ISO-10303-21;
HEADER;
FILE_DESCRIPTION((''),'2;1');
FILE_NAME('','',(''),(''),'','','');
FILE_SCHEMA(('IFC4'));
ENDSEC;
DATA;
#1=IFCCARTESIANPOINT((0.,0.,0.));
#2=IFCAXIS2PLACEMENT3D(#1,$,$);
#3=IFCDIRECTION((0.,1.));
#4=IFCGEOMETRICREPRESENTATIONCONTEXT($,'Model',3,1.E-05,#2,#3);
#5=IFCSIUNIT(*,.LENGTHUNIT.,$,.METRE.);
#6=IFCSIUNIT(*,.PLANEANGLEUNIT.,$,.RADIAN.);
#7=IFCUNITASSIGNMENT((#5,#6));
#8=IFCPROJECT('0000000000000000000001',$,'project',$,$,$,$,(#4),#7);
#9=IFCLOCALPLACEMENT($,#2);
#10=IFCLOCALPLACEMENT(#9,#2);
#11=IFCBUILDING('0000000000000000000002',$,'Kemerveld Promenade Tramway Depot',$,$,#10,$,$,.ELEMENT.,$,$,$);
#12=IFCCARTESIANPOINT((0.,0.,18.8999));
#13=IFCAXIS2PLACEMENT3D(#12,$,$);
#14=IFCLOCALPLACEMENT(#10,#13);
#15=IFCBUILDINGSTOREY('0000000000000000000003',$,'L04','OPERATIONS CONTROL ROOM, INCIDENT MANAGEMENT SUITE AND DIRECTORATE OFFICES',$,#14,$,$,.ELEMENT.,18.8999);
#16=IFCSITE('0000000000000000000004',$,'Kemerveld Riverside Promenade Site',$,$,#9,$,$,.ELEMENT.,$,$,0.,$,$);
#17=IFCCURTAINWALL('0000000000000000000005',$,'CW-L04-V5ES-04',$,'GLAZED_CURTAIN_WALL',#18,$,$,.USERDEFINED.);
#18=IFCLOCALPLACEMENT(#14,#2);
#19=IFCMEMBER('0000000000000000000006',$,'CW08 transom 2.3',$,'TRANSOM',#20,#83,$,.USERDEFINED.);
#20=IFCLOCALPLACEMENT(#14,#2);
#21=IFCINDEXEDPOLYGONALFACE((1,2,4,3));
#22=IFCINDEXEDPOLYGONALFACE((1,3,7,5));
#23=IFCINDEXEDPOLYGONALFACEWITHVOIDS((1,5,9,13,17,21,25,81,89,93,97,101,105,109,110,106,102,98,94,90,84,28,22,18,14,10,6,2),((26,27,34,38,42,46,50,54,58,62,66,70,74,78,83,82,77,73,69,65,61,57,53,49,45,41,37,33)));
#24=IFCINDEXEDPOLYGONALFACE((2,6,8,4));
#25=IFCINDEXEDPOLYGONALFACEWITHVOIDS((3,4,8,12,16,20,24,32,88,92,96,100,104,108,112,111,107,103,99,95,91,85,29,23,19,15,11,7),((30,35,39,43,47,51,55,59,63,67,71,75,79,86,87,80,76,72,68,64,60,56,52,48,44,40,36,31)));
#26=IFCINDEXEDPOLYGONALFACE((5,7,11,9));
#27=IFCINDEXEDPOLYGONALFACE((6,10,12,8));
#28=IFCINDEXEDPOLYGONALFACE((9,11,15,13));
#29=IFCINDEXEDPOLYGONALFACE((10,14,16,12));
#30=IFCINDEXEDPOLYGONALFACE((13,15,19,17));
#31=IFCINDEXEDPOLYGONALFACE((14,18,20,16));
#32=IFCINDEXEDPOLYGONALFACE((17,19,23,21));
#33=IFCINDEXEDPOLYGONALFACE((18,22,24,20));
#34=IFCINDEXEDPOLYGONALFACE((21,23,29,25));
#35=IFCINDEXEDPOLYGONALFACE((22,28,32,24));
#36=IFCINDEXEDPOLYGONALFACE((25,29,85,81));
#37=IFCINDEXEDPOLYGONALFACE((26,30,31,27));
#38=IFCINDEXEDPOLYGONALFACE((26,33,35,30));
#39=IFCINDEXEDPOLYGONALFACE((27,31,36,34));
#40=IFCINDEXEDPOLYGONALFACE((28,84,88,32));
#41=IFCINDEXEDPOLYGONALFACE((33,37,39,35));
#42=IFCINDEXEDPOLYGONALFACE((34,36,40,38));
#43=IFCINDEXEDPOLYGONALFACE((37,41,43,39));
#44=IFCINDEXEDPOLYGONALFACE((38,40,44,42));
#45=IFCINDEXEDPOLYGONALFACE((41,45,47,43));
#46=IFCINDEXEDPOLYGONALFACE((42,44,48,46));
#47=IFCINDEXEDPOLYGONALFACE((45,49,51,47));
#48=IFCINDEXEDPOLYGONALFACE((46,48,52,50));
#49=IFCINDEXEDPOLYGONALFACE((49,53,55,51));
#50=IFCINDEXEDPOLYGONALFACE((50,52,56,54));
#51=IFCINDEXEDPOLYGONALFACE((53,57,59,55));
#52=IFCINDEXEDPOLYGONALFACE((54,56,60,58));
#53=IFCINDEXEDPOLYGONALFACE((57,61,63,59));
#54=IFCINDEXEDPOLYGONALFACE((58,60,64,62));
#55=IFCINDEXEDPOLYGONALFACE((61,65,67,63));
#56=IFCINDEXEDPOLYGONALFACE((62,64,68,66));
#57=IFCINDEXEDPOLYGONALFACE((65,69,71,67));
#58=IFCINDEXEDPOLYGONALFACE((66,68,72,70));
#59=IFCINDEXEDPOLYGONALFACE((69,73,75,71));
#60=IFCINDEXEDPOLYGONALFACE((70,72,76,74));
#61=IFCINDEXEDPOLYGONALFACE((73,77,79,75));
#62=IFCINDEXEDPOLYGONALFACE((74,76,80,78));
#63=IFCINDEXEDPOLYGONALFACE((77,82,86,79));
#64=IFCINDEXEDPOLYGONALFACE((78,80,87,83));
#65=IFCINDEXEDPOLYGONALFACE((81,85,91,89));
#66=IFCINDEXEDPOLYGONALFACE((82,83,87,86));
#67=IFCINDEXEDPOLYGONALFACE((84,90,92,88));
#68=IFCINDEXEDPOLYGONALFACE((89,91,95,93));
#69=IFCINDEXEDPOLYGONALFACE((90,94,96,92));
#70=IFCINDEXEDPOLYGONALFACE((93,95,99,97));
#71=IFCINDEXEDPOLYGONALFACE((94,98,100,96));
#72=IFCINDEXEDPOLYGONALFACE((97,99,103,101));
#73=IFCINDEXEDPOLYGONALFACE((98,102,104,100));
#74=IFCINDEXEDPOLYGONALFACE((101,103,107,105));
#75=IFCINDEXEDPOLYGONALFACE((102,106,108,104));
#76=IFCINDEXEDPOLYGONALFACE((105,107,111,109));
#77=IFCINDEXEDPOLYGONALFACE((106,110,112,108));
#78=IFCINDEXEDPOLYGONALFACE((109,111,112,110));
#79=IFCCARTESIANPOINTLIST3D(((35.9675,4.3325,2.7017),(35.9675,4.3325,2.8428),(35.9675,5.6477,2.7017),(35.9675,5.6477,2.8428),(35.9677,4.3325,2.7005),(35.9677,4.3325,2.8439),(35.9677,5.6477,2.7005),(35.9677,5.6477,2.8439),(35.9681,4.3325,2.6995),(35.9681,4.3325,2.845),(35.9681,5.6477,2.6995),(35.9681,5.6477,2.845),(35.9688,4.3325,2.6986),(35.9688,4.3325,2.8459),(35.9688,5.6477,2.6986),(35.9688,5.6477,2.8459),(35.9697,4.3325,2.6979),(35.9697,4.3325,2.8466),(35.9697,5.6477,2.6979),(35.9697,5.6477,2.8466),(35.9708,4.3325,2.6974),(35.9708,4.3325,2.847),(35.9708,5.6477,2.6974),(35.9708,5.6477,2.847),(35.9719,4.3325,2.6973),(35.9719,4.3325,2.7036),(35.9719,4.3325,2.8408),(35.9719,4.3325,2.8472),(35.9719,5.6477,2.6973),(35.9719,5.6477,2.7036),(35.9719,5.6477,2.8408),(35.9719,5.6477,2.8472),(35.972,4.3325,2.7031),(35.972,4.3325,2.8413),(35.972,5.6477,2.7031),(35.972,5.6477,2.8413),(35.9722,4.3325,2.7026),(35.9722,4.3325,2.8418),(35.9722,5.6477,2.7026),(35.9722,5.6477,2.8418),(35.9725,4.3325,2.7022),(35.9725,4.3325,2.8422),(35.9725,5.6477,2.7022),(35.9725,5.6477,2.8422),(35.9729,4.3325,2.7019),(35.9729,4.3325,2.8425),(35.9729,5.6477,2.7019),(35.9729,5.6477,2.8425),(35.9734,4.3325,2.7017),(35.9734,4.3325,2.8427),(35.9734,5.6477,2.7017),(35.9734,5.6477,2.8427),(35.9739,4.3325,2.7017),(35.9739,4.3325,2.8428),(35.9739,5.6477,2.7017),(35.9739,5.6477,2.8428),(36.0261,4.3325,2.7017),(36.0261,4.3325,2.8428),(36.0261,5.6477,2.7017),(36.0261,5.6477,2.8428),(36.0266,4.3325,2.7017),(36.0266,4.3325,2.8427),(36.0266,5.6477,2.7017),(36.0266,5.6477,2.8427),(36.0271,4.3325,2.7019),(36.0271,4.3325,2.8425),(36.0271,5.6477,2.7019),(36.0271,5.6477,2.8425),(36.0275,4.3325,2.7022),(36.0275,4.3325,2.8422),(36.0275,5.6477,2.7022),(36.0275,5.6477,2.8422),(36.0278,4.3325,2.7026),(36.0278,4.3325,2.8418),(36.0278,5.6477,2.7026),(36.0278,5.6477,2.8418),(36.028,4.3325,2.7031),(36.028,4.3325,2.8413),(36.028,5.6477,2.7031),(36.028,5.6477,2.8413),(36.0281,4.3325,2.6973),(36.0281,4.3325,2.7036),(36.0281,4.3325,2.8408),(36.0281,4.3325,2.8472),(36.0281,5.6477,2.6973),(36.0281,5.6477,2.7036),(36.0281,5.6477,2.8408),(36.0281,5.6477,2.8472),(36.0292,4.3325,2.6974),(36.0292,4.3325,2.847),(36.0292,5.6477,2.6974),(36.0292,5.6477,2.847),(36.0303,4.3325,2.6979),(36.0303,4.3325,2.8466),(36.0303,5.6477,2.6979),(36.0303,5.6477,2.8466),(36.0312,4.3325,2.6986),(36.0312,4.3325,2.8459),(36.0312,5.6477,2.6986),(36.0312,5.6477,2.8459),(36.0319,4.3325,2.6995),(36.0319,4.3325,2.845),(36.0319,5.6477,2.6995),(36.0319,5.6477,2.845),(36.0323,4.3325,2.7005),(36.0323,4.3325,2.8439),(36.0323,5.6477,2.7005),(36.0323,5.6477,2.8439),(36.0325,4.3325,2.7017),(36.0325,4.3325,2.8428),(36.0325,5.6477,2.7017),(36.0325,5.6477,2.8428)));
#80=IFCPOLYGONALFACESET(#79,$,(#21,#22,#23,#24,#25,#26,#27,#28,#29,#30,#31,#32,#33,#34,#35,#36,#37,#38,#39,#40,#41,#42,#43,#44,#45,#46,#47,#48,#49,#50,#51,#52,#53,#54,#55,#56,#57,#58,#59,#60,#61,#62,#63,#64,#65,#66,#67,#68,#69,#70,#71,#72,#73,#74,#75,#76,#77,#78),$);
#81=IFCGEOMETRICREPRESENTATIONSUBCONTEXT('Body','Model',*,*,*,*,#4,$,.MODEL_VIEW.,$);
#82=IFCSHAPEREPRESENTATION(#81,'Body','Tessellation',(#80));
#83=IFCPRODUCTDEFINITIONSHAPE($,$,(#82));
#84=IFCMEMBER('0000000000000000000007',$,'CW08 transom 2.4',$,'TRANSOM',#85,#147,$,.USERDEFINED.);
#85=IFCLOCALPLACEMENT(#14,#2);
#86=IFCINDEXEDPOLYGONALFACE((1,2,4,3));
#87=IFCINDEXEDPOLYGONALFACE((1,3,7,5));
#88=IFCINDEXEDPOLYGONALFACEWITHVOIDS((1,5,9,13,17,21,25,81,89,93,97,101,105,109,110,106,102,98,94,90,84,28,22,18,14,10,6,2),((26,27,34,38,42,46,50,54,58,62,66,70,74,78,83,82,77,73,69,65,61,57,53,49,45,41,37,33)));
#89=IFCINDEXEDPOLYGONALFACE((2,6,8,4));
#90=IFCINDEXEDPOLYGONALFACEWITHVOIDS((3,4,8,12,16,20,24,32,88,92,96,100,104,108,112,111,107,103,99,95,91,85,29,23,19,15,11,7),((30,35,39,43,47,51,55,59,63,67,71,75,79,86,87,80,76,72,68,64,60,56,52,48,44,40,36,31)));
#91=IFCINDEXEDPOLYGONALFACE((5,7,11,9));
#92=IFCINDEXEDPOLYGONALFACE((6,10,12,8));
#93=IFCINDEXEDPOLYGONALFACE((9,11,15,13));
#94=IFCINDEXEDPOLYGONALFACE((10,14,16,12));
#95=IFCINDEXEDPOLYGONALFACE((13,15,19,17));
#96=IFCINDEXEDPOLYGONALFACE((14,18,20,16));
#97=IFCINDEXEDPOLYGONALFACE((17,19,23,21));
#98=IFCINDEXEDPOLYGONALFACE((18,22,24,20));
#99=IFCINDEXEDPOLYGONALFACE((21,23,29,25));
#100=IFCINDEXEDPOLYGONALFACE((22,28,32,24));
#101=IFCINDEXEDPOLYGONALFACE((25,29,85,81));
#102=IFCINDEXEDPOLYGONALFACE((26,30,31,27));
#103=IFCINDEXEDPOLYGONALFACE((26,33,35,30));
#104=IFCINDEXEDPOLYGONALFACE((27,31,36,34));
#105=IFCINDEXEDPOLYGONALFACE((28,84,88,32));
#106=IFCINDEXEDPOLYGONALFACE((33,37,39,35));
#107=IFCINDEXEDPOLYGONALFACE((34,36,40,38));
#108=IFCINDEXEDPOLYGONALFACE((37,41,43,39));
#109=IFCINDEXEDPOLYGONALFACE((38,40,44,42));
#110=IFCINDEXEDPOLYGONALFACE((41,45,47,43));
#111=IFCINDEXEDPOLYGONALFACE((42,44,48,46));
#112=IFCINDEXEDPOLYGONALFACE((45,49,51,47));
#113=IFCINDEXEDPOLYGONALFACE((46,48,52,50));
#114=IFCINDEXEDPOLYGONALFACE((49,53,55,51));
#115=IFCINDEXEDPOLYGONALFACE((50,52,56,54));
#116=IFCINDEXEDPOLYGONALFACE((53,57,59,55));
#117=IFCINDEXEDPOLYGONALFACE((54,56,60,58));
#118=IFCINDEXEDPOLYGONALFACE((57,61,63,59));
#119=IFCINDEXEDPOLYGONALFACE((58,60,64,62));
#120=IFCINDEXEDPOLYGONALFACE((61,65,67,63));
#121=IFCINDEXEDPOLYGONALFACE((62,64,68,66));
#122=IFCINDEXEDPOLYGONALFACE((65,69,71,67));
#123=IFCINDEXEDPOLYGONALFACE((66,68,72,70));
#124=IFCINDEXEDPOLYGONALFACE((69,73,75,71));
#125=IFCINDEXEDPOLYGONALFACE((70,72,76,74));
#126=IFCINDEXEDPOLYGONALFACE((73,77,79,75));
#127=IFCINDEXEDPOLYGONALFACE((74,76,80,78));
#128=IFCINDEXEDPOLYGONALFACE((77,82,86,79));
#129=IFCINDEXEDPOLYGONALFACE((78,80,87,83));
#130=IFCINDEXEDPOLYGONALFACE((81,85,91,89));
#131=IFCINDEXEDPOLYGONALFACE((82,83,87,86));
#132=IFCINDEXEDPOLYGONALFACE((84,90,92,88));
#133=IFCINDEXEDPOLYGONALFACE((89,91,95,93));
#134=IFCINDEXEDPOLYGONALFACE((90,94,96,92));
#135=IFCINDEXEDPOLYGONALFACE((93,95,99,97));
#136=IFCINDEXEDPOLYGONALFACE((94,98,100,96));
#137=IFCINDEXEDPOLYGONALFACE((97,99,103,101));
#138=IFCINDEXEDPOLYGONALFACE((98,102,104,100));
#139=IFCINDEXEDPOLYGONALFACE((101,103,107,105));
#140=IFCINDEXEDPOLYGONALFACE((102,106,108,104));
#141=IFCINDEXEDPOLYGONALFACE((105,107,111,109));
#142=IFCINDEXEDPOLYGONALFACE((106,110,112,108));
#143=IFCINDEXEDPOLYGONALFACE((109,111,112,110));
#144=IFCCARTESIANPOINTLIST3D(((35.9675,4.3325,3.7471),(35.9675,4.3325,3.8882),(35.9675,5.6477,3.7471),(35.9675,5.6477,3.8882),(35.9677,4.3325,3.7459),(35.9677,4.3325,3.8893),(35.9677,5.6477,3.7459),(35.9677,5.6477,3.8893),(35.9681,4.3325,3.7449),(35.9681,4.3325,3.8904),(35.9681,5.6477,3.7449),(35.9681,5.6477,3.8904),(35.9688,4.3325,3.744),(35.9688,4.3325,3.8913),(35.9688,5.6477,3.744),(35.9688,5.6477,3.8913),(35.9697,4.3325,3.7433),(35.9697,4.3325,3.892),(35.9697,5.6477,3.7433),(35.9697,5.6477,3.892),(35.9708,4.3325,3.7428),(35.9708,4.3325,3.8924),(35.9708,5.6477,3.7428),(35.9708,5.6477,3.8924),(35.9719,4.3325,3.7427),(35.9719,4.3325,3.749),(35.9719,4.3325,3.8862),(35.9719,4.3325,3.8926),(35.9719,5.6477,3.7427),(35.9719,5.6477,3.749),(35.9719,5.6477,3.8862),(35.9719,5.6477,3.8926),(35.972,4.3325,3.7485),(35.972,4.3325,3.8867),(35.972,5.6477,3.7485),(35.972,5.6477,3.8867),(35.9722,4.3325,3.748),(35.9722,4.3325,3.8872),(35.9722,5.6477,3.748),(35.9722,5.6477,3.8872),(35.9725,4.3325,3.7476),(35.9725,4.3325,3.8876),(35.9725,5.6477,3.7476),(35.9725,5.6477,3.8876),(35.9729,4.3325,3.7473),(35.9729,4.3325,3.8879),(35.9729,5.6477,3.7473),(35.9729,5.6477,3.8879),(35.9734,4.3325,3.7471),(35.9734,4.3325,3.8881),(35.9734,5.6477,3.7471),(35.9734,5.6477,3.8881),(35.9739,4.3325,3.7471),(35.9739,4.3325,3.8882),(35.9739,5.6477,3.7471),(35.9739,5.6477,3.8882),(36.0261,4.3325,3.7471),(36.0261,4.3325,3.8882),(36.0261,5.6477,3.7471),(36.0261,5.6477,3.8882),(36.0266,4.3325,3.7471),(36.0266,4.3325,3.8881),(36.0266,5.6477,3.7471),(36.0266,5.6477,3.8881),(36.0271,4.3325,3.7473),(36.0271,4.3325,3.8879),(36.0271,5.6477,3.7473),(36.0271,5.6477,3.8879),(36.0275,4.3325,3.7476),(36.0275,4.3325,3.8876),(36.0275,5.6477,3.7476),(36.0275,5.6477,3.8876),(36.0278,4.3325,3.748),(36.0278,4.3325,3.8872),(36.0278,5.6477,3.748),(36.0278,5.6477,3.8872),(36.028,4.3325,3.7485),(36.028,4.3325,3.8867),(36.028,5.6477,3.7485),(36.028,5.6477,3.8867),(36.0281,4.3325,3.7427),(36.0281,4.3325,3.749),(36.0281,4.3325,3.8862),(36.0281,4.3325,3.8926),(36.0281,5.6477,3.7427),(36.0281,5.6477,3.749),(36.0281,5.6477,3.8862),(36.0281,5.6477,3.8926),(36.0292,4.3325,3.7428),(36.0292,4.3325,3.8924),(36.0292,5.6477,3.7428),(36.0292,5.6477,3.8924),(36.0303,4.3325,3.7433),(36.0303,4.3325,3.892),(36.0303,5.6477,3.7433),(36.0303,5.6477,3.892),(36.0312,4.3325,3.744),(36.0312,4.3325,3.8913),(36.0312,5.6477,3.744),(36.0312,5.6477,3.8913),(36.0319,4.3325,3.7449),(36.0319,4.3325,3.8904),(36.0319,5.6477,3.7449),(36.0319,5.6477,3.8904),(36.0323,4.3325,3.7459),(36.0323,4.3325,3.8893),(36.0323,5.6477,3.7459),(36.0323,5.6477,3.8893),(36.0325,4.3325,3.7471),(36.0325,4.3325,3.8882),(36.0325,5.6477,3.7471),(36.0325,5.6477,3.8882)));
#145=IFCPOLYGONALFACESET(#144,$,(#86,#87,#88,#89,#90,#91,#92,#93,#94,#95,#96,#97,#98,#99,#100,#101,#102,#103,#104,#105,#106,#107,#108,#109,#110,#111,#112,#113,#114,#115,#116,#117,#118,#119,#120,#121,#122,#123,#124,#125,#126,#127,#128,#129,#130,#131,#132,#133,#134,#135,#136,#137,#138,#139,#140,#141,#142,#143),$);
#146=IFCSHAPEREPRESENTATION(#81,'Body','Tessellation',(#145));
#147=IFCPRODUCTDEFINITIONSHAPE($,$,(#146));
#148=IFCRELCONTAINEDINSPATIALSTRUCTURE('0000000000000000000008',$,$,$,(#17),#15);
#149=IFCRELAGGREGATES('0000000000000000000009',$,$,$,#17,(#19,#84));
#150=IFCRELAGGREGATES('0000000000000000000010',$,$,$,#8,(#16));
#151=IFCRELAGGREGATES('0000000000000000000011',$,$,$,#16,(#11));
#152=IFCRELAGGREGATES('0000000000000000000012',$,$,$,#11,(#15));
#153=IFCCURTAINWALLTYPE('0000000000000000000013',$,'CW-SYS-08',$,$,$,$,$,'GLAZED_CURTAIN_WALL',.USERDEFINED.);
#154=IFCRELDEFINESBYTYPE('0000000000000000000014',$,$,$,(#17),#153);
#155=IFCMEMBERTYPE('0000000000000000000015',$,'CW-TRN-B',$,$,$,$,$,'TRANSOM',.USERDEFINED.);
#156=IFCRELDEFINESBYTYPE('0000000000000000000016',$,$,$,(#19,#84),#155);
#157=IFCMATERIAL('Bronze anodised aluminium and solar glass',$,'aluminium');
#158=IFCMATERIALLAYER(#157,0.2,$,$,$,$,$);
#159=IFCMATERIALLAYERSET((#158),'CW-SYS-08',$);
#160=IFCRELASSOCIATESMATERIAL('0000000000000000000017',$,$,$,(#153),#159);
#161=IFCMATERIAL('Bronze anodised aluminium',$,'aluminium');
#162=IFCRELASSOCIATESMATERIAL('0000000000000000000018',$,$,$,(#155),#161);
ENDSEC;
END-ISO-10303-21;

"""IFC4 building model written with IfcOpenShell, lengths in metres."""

from ifc_helpers import new_model, si_unit, direction, frame, origin, origin_2d, place, context, subcontext, project, spatial, hollow_rectangle, extrude, material, layer, layer_set, material_profile, profile_set, type_object, element, aggregate, save


model = new_model("IFC4")

# Units and contexts
model_context = context("Model", 3, precision=1e-05, world=origin(), true_north=direction((0.0, 1.0)))
body_context = subcontext(model_context, "Body", "Model", "MODEL_VIEW")
ifc_project = project(units=[si_unit("LENGTHUNIT", "METRE"), si_unit("PLANEANGLEUNIT", "RADIAN")], contexts=[model_context])

# Site, building, storey
site_placement = place(None, origin())
site = spatial("IfcSite", under=ifc_project, at=site_placement, Name="Kemerveld Riverside Promenade Site", CompositionType="ELEMENT", RefElevation=0.0)
building_placement = place(site_placement, origin())
building = spatial("IfcBuilding", under=site, at=building_placement, Name="Kemerveld Promenade Tramway Depot", CompositionType="ELEMENT")
storey_placement = place(building_placement, frame((0.0, 0.0, 18.8999)))
storey = spatial("IfcBuildingStorey", under=building, at=storey_placement, Name="L04", Description="OPERATIONS CONTROL ROOM, INCIDENT MANAGEMENT SUITE AND DIRECTORATE OFFICES", CompositionType="ELEMENT", Elevation=18.8999)

# Curtain wall, members
ifc_material_1 = material(Name="Bronze anodised aluminium and solar glass", Category="aluminium")
ifc_layer_1 = layer(ifc_material_1, 0.2)
ifc_layer_set_1 = layer_set([ifc_layer_1], Name="CW-SYS-08")
curtain_wall_type = type_object("IfcCurtainWallType", Name="CW-SYS-08", ElementType="GLAZED_CURTAIN_WALL", PredefinedType="USERDEFINED", material=ifc_layer_set_1)
curtain_wall_placement = place(storey_placement, origin())
curtain_wall = element("IfcCurtainWall", 1, at=curtain_wall_placement, inside=storey, type_object=curtain_wall_type, Name="CW-L04-V5ES-04", ObjectType="GLAZED_CURTAIN_WALL", PredefinedType="USERDEFINED")
ifc_material_2 = material(Name="Bronze anodised aluminium", Category="aluminium")
ifc_material_profile_1 = material_profile(ifc_material_2, hollow_rectangle(XDim=0.0649, YDim=0.1499, WallThickness=0.0044, InnerFilletRadius=0.002, OuterFilletRadius=0.0044, at=origin_2d()), Name="CW-TRN-150x65")
ifc_profile_set_1 = profile_set([ifc_material_profile_1], Name="Bronze anodised aluminium")
member_type_1 = type_object("IfcMemberType", Name="CW-TRN-B", ElementType="TRANSOM", PredefinedType="USERDEFINED", material=ifc_profile_set_1)
member_1_placement = place(storey_placement, frame((36.0, 5.6477, 2.7722), z_axis=(0.0, -1.0, 0.0), x_axis=(1.0, 0.0, 0.0)))
member_1 = element("IfcMember", 2, at=member_1_placement, type_object=member_type_1, Name="CW08 transom 2.3", ObjectType="TRANSOM", PredefinedType="USERDEFINED", context=body_context, shape_type="SweptSolid", body=[
    extrude(hollow_rectangle(XDim=0.0649, YDim=0.1499, WallThickness=0.0044, InnerFilletRadius=0.002, OuterFilletRadius=0.0044, at=origin_2d()), origin(), (0.0, 0.0, 1.0), 1.3152),
])
member_2_placement = place(storey_placement, frame((36.0, 5.6477, 3.8176), z_axis=(0.0, -1.0, 0.0), x_axis=(1.0, 0.0, 0.0)))
member_2 = element("IfcMember", 3, at=member_2_placement, type_object=member_type_1, Name="CW08 transom 2.4", ObjectType="TRANSOM", PredefinedType="USERDEFINED", context=body_context, shape_type="SweptSolid", body=[
    extrude(hollow_rectangle(XDim=0.0649, YDim=0.1499, WallThickness=0.0044, InnerFilletRadius=0.002, OuterFilletRadius=0.0044, at=origin_2d()), origin(), (0.0, 0.0, 1.0), 1.3152),
])
aggregate(curtain_wall, [member_1, member_2])

save(model, "model.ifc")
